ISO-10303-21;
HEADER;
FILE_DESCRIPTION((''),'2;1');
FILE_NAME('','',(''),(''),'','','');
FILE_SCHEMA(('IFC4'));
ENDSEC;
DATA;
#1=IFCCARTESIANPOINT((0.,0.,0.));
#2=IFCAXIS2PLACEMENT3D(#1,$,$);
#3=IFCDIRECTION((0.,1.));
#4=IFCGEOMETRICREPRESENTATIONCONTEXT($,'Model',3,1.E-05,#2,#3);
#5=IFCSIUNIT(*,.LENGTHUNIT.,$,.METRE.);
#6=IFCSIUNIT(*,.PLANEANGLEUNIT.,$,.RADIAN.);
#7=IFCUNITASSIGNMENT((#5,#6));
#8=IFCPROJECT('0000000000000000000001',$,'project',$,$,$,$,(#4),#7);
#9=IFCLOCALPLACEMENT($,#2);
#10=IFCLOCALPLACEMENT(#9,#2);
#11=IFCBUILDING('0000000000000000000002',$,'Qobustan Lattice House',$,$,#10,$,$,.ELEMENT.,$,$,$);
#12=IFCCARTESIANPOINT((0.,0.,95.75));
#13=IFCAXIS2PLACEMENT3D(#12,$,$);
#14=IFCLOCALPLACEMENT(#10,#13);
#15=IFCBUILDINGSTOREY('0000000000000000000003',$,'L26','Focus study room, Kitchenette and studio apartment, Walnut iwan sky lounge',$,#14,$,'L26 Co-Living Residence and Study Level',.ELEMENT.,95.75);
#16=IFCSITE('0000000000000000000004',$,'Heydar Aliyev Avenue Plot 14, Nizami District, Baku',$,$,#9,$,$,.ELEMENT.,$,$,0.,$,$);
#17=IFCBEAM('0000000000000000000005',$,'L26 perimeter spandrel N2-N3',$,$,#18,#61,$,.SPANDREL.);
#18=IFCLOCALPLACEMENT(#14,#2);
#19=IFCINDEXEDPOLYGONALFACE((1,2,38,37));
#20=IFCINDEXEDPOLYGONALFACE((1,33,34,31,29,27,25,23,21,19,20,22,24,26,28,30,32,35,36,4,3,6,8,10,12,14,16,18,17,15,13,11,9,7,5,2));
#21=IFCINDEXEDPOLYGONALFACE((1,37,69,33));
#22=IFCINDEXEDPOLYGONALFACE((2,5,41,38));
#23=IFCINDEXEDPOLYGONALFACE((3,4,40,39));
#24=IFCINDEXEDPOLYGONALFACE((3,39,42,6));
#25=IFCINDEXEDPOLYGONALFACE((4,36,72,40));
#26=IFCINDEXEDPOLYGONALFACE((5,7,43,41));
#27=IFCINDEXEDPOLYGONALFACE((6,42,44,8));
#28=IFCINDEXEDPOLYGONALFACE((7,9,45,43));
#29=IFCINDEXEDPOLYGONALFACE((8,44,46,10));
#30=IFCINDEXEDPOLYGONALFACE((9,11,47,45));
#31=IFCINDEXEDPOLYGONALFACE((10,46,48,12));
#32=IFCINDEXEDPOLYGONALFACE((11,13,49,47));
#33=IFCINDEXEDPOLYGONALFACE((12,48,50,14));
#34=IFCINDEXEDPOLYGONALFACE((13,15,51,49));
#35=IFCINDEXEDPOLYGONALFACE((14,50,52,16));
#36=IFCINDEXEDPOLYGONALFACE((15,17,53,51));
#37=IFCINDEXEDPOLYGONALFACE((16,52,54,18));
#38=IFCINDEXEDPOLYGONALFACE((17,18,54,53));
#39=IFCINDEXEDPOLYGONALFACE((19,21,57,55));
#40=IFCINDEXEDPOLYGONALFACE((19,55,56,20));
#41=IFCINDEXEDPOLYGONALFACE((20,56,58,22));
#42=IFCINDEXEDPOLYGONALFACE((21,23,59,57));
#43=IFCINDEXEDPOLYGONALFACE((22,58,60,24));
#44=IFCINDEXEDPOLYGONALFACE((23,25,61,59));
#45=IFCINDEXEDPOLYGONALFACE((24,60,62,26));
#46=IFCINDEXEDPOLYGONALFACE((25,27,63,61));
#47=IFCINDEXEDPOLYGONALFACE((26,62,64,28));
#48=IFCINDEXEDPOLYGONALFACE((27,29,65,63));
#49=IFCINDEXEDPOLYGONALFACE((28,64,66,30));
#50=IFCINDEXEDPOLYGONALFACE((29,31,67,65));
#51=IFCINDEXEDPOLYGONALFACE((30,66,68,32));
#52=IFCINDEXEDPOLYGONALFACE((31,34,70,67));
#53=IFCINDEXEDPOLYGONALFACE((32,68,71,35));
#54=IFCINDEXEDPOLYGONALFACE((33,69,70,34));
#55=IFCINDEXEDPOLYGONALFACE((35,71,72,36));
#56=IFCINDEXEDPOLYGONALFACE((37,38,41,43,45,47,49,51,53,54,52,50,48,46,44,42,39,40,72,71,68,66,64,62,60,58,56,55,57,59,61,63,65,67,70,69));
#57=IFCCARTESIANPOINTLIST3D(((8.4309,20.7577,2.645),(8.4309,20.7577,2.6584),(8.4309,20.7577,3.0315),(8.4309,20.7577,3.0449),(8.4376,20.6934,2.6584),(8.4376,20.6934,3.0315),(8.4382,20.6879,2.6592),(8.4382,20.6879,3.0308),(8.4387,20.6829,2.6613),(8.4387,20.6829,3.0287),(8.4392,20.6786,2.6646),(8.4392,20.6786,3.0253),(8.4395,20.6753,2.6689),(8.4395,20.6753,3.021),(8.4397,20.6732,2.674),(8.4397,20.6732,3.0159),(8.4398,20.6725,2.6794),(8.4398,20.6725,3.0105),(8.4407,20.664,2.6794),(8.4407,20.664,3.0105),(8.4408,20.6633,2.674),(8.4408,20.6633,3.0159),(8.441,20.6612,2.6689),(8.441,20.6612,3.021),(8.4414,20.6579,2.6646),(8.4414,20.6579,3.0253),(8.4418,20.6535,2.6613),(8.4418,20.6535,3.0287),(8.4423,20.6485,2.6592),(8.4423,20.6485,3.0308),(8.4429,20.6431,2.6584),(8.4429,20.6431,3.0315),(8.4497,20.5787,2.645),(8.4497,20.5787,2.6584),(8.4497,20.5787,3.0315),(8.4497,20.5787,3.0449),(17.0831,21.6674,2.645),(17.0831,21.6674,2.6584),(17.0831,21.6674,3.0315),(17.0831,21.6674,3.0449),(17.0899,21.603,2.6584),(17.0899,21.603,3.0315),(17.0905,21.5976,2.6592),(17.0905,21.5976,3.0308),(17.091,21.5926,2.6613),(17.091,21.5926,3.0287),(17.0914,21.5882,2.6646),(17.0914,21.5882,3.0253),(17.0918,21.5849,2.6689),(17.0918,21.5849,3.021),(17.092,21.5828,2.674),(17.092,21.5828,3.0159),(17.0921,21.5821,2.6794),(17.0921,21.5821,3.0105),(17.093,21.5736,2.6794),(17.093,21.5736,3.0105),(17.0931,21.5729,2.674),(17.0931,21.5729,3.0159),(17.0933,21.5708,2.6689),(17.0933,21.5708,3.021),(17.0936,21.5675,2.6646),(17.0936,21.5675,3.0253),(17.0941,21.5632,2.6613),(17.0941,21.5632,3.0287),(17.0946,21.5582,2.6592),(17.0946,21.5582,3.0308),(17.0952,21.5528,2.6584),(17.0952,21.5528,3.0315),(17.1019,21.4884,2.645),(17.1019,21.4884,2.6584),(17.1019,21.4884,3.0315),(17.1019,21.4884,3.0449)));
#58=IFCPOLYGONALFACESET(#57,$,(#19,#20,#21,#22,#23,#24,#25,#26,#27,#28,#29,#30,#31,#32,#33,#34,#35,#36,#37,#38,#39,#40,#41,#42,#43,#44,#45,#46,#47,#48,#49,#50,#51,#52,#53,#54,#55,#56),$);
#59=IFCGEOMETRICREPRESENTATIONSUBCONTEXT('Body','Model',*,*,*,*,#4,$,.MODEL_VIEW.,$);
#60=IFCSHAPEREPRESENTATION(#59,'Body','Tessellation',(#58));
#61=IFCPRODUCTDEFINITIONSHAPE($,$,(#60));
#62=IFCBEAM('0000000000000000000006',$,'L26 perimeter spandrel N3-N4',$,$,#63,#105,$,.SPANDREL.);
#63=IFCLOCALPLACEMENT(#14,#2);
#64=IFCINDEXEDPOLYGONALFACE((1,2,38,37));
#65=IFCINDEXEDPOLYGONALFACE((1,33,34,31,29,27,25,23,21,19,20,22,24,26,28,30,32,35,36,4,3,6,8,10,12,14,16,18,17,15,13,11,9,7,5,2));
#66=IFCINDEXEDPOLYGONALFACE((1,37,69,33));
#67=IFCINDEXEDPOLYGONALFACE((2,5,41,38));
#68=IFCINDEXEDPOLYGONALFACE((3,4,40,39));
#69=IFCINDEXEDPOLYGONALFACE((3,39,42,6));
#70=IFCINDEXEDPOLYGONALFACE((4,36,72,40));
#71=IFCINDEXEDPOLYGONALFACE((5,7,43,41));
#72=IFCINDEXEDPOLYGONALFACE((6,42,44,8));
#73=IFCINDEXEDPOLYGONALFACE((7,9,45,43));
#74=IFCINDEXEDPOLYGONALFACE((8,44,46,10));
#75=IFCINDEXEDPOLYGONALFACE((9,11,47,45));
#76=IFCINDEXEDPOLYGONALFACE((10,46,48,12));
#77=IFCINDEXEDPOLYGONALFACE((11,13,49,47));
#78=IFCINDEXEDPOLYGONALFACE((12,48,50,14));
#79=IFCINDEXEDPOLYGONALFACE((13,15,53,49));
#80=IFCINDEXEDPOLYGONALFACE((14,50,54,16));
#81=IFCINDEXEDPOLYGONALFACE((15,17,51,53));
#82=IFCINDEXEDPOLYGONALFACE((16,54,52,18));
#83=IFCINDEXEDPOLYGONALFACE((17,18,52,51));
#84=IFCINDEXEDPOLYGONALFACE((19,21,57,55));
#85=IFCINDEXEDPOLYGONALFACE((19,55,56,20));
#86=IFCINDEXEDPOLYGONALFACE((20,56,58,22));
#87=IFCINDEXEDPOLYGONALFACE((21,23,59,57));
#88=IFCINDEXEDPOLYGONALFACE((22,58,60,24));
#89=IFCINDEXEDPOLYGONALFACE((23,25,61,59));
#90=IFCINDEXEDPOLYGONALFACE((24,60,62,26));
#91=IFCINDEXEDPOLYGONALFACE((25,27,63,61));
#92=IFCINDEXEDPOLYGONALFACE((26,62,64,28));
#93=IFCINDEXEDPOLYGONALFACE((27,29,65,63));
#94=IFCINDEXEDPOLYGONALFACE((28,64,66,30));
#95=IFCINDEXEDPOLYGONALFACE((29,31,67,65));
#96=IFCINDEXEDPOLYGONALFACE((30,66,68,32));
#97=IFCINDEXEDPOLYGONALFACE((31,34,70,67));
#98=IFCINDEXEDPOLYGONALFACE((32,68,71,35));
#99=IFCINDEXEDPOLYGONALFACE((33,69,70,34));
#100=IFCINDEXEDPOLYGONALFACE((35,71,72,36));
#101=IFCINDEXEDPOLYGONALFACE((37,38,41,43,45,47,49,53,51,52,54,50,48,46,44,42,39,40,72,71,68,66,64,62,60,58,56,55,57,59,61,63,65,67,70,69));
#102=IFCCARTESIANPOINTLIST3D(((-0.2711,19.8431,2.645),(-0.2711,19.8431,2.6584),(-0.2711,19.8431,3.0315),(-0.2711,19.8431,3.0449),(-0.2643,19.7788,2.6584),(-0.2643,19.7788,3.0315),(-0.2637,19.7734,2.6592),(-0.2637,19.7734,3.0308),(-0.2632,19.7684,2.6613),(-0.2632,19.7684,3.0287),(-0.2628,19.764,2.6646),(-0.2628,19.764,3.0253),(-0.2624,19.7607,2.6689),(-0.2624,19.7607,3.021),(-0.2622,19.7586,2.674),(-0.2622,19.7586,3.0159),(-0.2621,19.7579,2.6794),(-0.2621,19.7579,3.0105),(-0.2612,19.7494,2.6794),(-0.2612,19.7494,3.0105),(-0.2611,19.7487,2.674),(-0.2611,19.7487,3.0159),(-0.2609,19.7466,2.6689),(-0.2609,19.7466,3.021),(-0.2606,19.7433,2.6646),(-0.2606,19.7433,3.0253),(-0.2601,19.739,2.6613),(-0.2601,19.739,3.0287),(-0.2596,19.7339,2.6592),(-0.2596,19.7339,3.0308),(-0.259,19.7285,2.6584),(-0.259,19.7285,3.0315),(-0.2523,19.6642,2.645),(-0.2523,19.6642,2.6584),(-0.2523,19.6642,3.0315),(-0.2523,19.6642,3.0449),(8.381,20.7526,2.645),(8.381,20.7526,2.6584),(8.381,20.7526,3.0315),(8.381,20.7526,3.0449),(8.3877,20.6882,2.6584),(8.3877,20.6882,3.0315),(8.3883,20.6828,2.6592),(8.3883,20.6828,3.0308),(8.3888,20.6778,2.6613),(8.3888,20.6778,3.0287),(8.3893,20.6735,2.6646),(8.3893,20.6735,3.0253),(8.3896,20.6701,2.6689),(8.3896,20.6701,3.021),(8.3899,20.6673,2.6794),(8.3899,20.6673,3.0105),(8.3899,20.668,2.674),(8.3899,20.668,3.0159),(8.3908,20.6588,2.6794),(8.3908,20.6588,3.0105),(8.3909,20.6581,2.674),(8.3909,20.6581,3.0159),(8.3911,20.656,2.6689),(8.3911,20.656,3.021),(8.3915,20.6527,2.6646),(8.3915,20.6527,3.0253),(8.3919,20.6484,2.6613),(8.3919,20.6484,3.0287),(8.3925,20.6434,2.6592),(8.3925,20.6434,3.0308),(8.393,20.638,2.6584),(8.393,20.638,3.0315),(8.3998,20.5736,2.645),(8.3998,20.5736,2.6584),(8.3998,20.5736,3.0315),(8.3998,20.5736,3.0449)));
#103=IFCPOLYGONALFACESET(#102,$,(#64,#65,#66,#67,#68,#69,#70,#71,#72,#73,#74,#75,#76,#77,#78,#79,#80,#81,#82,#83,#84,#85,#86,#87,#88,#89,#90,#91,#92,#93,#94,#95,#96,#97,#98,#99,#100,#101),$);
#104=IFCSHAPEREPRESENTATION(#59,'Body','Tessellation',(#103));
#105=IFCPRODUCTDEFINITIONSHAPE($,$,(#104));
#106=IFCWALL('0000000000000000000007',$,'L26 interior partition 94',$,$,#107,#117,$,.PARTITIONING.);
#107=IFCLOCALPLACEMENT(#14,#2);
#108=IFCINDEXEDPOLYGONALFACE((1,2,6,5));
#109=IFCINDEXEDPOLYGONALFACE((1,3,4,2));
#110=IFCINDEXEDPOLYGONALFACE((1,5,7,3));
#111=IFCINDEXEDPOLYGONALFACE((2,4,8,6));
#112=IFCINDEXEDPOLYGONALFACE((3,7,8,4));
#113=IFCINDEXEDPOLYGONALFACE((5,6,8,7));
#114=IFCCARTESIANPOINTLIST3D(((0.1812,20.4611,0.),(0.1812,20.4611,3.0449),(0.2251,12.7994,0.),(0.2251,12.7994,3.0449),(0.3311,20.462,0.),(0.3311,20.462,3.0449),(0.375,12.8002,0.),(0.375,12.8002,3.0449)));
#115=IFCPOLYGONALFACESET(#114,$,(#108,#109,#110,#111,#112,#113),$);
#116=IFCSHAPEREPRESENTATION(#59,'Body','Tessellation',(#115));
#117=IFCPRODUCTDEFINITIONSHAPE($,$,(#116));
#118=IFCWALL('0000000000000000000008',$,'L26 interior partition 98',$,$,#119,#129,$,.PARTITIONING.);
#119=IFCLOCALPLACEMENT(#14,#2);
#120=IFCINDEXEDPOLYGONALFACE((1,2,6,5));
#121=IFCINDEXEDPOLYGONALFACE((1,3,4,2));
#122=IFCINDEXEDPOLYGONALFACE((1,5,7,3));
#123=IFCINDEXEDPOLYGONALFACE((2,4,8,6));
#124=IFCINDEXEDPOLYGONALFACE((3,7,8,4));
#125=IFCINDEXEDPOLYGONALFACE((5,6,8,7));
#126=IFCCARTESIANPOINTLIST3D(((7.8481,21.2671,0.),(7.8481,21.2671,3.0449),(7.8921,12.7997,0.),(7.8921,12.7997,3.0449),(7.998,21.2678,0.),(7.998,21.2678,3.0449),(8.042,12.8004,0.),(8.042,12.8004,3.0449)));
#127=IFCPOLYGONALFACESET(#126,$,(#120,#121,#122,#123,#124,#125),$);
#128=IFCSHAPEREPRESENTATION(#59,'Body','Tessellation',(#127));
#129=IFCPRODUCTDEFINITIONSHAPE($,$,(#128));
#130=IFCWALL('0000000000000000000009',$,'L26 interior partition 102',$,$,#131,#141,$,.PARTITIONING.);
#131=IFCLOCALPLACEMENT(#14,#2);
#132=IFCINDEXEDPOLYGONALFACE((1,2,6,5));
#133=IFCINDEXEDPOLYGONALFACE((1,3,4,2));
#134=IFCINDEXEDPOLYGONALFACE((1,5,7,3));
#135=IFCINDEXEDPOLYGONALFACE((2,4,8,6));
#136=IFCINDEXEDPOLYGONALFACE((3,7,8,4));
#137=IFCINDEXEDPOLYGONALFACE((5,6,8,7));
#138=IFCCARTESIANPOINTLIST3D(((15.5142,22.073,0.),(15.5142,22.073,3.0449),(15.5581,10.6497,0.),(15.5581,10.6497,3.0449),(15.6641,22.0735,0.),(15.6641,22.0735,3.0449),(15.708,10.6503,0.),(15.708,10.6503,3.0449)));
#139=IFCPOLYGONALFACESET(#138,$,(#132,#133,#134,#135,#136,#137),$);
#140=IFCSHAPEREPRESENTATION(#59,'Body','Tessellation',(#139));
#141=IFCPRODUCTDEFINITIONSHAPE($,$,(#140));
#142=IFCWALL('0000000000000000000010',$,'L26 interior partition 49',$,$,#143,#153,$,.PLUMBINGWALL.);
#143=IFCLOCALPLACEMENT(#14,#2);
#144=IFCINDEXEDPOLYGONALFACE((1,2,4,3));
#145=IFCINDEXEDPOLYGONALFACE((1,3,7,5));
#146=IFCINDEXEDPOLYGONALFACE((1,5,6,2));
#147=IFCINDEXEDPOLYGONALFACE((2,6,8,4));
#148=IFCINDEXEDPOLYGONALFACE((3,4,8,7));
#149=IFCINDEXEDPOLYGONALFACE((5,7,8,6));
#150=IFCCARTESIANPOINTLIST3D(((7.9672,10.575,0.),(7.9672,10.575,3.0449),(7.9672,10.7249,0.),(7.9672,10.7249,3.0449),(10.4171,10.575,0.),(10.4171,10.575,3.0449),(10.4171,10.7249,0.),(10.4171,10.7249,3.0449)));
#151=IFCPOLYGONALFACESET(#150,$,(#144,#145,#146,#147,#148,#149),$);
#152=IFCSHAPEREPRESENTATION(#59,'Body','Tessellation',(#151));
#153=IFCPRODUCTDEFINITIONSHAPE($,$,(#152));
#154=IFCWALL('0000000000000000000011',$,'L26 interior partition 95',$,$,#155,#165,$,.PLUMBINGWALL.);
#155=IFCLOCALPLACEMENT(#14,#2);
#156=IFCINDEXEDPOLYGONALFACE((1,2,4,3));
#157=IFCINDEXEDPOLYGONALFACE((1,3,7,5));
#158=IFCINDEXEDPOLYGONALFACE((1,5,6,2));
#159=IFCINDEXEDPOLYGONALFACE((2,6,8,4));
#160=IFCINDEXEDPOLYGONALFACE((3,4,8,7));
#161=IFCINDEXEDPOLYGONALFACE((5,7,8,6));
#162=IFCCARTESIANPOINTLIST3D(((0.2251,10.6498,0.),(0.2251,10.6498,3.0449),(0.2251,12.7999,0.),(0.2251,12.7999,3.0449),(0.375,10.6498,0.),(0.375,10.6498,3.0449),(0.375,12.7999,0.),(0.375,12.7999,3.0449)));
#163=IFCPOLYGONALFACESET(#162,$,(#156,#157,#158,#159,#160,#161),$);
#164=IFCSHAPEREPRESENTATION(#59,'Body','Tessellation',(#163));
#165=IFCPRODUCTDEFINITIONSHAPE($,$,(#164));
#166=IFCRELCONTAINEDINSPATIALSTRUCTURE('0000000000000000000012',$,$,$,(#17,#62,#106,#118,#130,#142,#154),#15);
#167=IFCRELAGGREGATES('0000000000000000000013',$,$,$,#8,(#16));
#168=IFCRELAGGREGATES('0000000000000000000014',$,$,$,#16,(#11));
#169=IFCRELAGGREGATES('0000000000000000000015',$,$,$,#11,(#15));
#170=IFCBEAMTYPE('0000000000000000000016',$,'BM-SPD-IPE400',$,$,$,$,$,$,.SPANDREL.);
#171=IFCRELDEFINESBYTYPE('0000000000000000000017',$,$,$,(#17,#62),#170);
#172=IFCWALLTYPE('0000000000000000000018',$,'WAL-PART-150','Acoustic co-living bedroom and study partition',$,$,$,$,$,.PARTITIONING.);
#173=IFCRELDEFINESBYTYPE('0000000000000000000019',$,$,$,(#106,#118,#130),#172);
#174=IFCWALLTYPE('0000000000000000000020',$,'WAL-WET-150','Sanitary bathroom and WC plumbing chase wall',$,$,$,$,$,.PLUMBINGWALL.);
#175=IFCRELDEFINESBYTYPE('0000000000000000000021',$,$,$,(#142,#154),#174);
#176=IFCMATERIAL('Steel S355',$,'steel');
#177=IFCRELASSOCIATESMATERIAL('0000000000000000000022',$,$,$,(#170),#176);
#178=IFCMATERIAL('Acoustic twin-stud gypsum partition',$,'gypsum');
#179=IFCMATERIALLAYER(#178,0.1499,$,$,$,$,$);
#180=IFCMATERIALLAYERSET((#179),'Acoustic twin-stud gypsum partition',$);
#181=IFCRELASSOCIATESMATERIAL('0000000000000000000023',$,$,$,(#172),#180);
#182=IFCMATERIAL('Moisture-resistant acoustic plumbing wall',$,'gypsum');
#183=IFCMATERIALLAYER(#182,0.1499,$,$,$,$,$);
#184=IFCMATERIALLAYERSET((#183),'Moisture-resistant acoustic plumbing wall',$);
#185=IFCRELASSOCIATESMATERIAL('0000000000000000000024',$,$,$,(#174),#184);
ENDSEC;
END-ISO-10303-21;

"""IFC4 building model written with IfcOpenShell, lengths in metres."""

from ifc_helpers import new_model, si_unit, direction, frame, frame_2d, origin, origin_2d, place, context, subcontext, project, spatial, rectangle, i_section, extrude, material, layer, layer_set, material_profile, profile_set, type_object, element, save


model = new_model("IFC4")

# Units and contexts
model_context = context("Model", 3, precision=1e-05, world=origin(), true_north=direction((0.0, 1.0)))
body_context = subcontext(model_context, "Body", "Model", "MODEL_VIEW")
ifc_project = project(units=[si_unit("LENGTHUNIT", "METRE"), si_unit("PLANEANGLEUNIT", "RADIAN")], contexts=[model_context])

# Site, building, storey
site_placement = place(None, origin())
site = spatial("IfcSite", under=ifc_project, at=site_placement, Name="Heydar Aliyev Avenue Plot 14, Nizami District, Baku", CompositionType="ELEMENT", RefElevation=0.0)
building_placement = place(site_placement, origin())
building = spatial("IfcBuilding", under=site, at=building_placement, Name="Qobustan Lattice House", CompositionType="ELEMENT")
storey_placement = place(building_placement, frame((0.0, 0.0, 95.75)))
storey = spatial("IfcBuildingStorey", under=building, at=storey_placement, Name="L26", Description="Focus study room, Kitchenette and studio apartment, Walnut iwan sky lounge", LongName="L26 Co-Living Residence and Study Level", CompositionType="ELEMENT", Elevation=95.75)

# Beams
ifc_material_1 = material(Name="Steel S355", Category="steel")
ifc_material_profile_1 = material_profile(ifc_material_1, i_section(OverallWidth=0.1799, OverallDepth=0.3999, WebThickness=0.0085, FlangeThickness=0.0134, FilletRadius=0.021, at=origin_2d()), Name="IPE400")
ifc_profile_set_1 = profile_set([ifc_material_profile_1], Name="Steel S355")
beam_type_1 = type_object("IfcBeamType", Name="BM-SPD-IPE400", PredefinedType="SPANDREL", material=ifc_profile_set_1)
beam_1_placement = place(storey_placement, frame((17.0925, 21.5779, 2.845), z_axis=(-0.994519, -0.104559, 0.0), x_axis=(0.104559, -0.994519, 0.0)))
element("IfcBeam", 1, at=beam_1_placement, inside=storey, type_object=beam_type_1, Name="L26 perimeter spandrel N2-N3", PredefinedType="SPANDREL", context=body_context, shape_type="SweptSolid", body=[
    extrude(i_section(OverallWidth=0.1799, OverallDepth=0.3999, WebThickness=0.0085, FlangeThickness=0.0134, FilletRadius=0.021, at=origin_2d()), origin(), (0.0, 0.0, 1.0), 8.7),
])
beam_2_placement = place(storey_placement, frame((8.3904, 20.6631, 2.845), z_axis=(-0.994521, -0.104534, 0.0), x_axis=(0.104534, -0.994521, 0.0)))
element("IfcBeam", 2, at=beam_2_placement, inside=storey, type_object=beam_type_1, Name="L26 perimeter spandrel N3-N4", PredefinedType="SPANDREL", context=body_context, shape_type="SweptSolid", body=[
    extrude(i_section(OverallWidth=0.1799, OverallDepth=0.3999, WebThickness=0.0085, FlangeThickness=0.0134, FilletRadius=0.021, at=origin_2d()), origin(), (0.0, 0.0, 1.0), 8.6997),
])

# Shared definitions
ifc_material_2 = material(Name="Acoustic twin-stud gypsum partition", Category="gypsum")
ifc_layer_1 = layer(ifc_material_2, 0.1499)
ifc_layer_set_1 = layer_set([ifc_layer_1], Name="Acoustic twin-stud gypsum partition")
wall_type_1 = type_object("IfcWallType", Name="WAL-PART-150", Description="Acoustic co-living bedroom and study partition", PredefinedType="PARTITIONING", material=ifc_layer_set_1)

# Walls
wall_1_placement = place(storey_placement, frame((0.2561, 20.4617, 0.0), z_axis=(0.0, 0.0, 1.0), x_axis=(0.005736, -0.999984, 0.0)))
element("IfcWall", 3, at=wall_1_placement, inside=storey, type_object=wall_type_1, Name="L26 interior partition 94", PredefinedType="PARTITIONING", context=body_context, shape_type="SweptSolid", body=[
    extrude(rectangle(XDim=7.6619, YDim=0.1499, at=frame_2d((3.8311, 0.0))), origin(), (0.0, 0.0, 1.0), 3.0449),
])
wall_2_placement = place(storey_placement, frame((7.9231, 21.2676, 0.0), z_axis=(0.0, 0.0, 1.0), x_axis=(0.00519, -0.999987, 0.0)))
element("IfcWall", 4, at=wall_2_placement, inside=storey, type_object=wall_type_1, Name="L26 interior partition 98", PredefinedType="PARTITIONING", context=body_context, shape_type="SweptSolid", body=[
    extrude(rectangle(XDim=8.4675, YDim=0.1499, at=frame_2d((4.2339, 0.0))), origin(), (0.0, 0.0, 1.0), 3.0449),
])
wall_3_placement = place(storey_placement, frame((15.5891, 22.0732, 0.0), z_axis=(0.0, 0.0, 1.0), x_axis=(0.003847, -0.999993, 0.0)))
element("IfcWall", 5, at=wall_3_placement, inside=storey, type_object=wall_type_1, Name="L26 interior partition 102", PredefinedType="PARTITIONING", context=body_context, shape_type="SweptSolid", body=[
    extrude(rectangle(XDim=11.4233, YDim=0.1499, at=frame_2d((5.7117, 0.0))), origin(), (0.0, 0.0, 1.0), 3.0449),
])
ifc_material_3 = material(Name="Moisture-resistant acoustic plumbing wall", Category="gypsum")
ifc_layer_2 = layer(ifc_material_3, 0.1499)
ifc_layer_set_2 = layer_set([ifc_layer_2], Name="Moisture-resistant acoustic plumbing wall")
wall_type_2 = type_object("IfcWallType", Name="WAL-WET-150", Description="Sanitary bathroom and WC plumbing chase wall", PredefinedType="PLUMBINGWALL", material=ifc_layer_set_2)
wall_4_placement = place(storey_placement, frame((7.967, 10.6499, 0.0), z_axis=(0.0, 0.0, 1.0), x_axis=(1.0, 0.0, 0.0)))
element("IfcWall", 6, at=wall_4_placement, inside=storey, type_object=wall_type_2, Name="L26 interior partition 49", PredefinedType="PLUMBINGWALL", context=body_context, shape_type="SweptSolid", body=[
    extrude(rectangle(XDim=2.45, YDim=0.1499, at=frame_2d((1.2251, 0.0))), origin(), (0.0, 0.0, 1.0), 3.0449),
])
wall_5_placement = place(storey_placement, frame((0.3, 12.8, 0.0), z_axis=(0.0, 0.0, 1.0), x_axis=(0.0, -1.0, 0.0)))
element("IfcWall", 7, at=wall_5_placement, inside=storey, type_object=wall_type_2, Name="L26 interior partition 95", PredefinedType="PLUMBINGWALL", context=body_context, shape_type="SweptSolid", body=[
    extrude(rectangle(XDim=2.1501, YDim=0.1499, at=frame_2d((1.0752, 0.0))), origin(), (0.0, 0.0, 1.0), 3.0449),
])

save(model, "model.ifc")
